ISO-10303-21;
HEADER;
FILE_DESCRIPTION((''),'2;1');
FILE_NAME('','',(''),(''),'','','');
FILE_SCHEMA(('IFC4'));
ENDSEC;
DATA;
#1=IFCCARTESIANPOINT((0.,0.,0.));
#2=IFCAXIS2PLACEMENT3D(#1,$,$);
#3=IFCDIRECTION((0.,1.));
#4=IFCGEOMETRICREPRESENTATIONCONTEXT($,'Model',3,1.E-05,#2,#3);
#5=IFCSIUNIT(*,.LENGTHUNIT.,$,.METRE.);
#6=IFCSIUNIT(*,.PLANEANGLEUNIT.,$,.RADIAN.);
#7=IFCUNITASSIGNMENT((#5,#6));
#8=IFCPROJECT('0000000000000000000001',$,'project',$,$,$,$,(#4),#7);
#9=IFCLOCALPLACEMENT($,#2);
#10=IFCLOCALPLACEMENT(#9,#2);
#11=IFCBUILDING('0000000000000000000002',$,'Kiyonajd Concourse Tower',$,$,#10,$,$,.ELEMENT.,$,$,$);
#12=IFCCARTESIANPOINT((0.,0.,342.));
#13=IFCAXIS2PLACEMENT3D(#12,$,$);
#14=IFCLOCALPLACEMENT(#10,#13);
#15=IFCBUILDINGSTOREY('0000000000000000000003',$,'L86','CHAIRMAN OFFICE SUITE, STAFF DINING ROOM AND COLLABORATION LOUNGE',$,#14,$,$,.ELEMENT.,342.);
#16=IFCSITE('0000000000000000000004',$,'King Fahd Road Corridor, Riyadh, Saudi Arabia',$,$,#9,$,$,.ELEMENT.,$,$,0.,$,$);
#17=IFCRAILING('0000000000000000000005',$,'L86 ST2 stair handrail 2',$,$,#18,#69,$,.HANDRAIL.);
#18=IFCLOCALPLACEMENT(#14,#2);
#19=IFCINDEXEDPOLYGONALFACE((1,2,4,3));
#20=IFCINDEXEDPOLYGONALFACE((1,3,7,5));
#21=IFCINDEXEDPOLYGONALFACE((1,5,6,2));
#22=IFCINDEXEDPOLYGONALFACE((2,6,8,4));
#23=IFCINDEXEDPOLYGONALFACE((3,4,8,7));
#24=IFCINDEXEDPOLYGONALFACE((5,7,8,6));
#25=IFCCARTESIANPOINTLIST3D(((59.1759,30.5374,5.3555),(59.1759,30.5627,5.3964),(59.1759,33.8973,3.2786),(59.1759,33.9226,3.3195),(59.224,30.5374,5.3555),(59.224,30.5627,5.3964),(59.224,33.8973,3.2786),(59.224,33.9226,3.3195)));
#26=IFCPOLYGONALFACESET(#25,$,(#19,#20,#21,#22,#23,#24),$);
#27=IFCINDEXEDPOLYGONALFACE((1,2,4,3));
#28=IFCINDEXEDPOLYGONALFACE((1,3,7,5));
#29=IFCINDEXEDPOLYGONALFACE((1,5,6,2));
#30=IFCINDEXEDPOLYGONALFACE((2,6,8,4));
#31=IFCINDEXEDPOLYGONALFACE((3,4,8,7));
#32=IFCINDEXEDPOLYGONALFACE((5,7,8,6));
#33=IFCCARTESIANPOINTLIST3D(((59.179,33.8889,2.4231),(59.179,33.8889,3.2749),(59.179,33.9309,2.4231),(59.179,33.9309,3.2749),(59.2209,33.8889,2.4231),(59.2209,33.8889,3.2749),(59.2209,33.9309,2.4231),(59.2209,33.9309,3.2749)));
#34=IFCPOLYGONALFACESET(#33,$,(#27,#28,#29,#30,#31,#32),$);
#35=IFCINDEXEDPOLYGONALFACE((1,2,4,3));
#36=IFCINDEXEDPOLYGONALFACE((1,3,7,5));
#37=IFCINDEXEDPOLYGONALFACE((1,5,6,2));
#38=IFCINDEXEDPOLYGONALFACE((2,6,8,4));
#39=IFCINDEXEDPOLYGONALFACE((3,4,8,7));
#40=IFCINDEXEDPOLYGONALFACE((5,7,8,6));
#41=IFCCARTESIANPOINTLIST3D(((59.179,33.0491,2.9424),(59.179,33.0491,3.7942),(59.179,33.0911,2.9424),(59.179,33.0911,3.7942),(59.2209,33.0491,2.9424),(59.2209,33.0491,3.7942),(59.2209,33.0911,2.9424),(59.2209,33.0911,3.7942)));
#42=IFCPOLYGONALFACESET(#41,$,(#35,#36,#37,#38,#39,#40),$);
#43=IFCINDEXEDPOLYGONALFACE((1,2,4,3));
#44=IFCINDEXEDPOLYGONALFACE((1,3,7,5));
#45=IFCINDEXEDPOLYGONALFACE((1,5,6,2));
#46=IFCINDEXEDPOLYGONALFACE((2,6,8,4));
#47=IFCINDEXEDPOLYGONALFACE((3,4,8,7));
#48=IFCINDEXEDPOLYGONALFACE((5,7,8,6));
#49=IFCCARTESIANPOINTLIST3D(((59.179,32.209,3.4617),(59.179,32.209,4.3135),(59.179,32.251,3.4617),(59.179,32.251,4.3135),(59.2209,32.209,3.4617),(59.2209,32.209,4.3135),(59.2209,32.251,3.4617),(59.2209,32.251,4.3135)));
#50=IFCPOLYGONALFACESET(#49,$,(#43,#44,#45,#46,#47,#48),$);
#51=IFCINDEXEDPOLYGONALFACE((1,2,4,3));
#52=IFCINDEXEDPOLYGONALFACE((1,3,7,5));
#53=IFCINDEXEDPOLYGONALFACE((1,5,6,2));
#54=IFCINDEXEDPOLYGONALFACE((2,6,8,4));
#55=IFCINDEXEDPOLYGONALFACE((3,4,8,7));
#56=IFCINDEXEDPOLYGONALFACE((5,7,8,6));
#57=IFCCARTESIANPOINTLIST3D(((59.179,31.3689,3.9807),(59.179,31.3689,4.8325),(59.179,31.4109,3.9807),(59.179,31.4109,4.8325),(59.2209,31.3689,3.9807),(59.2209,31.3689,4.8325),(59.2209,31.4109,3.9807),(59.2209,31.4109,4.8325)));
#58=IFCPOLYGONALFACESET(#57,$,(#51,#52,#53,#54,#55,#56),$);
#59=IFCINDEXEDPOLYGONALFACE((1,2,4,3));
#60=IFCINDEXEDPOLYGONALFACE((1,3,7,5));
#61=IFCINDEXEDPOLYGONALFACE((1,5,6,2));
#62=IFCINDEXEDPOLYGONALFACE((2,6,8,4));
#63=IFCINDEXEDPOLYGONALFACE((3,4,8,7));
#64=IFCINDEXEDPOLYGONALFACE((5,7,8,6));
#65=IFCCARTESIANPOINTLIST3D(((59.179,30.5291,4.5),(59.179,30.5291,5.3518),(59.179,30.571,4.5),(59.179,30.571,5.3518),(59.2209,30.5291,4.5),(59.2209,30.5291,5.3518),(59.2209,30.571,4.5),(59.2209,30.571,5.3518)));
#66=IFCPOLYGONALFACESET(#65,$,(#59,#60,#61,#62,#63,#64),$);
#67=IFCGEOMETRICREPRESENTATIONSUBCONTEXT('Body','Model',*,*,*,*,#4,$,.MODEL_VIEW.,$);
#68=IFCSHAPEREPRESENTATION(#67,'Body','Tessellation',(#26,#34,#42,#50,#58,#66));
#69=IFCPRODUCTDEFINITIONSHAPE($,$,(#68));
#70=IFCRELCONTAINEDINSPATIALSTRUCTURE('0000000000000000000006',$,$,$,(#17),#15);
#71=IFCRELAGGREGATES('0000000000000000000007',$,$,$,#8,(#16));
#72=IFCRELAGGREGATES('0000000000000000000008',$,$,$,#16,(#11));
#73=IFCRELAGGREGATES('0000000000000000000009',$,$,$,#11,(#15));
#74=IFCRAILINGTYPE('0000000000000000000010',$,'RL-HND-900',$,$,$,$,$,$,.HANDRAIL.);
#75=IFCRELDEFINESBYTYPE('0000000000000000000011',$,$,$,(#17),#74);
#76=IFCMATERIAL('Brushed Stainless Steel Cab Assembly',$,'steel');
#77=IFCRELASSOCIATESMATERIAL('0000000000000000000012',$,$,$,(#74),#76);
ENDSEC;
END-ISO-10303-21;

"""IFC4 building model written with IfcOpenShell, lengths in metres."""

from ifc_helpers import new_model, si_unit, direction, frame, origin, origin_2d, place, context, subcontext, project, spatial, rectangle, extrude, material, type_object, element, save


model = new_model("IFC4")

# Units and contexts
model_context = context("Model", 3, precision=1e-05, world=origin(), true_north=direction((0.0, 1.0)))
body_context = subcontext(model_context, "Body", "Model", "MODEL_VIEW")
ifc_project = project(units=[si_unit("LENGTHUNIT", "METRE"), si_unit("PLANEANGLEUNIT", "RADIAN")], contexts=[model_context])

# Site, building, storey
site_placement = place(None, origin())
site = spatial("IfcSite", under=ifc_project, at=site_placement, Name="King Fahd Road Corridor, Riyadh, Saudi Arabia", CompositionType="ELEMENT", RefElevation=0.0)
building_placement = place(site_placement, origin())
building = spatial("IfcBuilding", under=site, at=building_placement, Name="Kiyonajd Concourse Tower", CompositionType="ELEMENT")
storey_placement = place(building_placement, frame((0.0, 0.0, 342.0)))
storey = spatial("IfcBuildingStorey", under=building, at=storey_placement, Name="L86", Description="CHAIRMAN OFFICE SUITE, STAFF DINING ROOM AND COLLABORATION LOUNGE", CompositionType="ELEMENT", Elevation=342.0)

# Railing
ifc_material_1 = material(Name="Brushed Stainless Steel Cab Assembly", Category="steel")
railing_type_1 = type_object("IfcRailingType", Name="RL-HND-900", PredefinedType="HANDRAIL", material=ifc_material_1)
railing_1_placement = place(storey_placement, frame((59.2, 33.9099, 2.4231)))
element("IfcRailing", 1, at=railing_1_placement, inside=storey, type_object=railing_type_1, Name="L86 ST2 stair handrail 2", PredefinedType="HANDRAIL", context=body_context, shape_type="SweptSolid", body=[
    extrude(rectangle(XDim=0.0481, YDim=0.0481, at=origin_2d()), frame((0.0, 0.0, 0.876), z_axis=(0.0, -0.850606, 0.525803), x_axis=(1.0, 0.0, 0.0)), (0.0, 0.0, 1.0), 3.95),
    extrude(rectangle(XDim=0.042, YDim=0.042, at=origin_2d()), origin(), (0.0, 0.0, 1.0), 0.8518),
    extrude(rectangle(XDim=0.042, YDim=0.042, at=origin_2d()), frame((0.0, -0.8398, 0.5193)), (0.0, 0.0, 1.0), 0.8518),
    extrude(rectangle(XDim=0.042, YDim=0.042, at=origin_2d()), frame((0.0, -1.6799, 1.0386)), (0.0, 0.0, 1.0), 0.8518),
    extrude(rectangle(XDim=0.042, YDim=0.042, at=origin_2d()), frame((0.0, -2.52, 1.5576)), (0.0, 0.0, 1.0), 0.8518),
    extrude(rectangle(XDim=0.042, YDim=0.042, at=origin_2d()), frame((0.0, -3.3599, 2.0769)), (0.0, 0.0, 1.0), 0.8518),
])

save(model, "model.ifc")
